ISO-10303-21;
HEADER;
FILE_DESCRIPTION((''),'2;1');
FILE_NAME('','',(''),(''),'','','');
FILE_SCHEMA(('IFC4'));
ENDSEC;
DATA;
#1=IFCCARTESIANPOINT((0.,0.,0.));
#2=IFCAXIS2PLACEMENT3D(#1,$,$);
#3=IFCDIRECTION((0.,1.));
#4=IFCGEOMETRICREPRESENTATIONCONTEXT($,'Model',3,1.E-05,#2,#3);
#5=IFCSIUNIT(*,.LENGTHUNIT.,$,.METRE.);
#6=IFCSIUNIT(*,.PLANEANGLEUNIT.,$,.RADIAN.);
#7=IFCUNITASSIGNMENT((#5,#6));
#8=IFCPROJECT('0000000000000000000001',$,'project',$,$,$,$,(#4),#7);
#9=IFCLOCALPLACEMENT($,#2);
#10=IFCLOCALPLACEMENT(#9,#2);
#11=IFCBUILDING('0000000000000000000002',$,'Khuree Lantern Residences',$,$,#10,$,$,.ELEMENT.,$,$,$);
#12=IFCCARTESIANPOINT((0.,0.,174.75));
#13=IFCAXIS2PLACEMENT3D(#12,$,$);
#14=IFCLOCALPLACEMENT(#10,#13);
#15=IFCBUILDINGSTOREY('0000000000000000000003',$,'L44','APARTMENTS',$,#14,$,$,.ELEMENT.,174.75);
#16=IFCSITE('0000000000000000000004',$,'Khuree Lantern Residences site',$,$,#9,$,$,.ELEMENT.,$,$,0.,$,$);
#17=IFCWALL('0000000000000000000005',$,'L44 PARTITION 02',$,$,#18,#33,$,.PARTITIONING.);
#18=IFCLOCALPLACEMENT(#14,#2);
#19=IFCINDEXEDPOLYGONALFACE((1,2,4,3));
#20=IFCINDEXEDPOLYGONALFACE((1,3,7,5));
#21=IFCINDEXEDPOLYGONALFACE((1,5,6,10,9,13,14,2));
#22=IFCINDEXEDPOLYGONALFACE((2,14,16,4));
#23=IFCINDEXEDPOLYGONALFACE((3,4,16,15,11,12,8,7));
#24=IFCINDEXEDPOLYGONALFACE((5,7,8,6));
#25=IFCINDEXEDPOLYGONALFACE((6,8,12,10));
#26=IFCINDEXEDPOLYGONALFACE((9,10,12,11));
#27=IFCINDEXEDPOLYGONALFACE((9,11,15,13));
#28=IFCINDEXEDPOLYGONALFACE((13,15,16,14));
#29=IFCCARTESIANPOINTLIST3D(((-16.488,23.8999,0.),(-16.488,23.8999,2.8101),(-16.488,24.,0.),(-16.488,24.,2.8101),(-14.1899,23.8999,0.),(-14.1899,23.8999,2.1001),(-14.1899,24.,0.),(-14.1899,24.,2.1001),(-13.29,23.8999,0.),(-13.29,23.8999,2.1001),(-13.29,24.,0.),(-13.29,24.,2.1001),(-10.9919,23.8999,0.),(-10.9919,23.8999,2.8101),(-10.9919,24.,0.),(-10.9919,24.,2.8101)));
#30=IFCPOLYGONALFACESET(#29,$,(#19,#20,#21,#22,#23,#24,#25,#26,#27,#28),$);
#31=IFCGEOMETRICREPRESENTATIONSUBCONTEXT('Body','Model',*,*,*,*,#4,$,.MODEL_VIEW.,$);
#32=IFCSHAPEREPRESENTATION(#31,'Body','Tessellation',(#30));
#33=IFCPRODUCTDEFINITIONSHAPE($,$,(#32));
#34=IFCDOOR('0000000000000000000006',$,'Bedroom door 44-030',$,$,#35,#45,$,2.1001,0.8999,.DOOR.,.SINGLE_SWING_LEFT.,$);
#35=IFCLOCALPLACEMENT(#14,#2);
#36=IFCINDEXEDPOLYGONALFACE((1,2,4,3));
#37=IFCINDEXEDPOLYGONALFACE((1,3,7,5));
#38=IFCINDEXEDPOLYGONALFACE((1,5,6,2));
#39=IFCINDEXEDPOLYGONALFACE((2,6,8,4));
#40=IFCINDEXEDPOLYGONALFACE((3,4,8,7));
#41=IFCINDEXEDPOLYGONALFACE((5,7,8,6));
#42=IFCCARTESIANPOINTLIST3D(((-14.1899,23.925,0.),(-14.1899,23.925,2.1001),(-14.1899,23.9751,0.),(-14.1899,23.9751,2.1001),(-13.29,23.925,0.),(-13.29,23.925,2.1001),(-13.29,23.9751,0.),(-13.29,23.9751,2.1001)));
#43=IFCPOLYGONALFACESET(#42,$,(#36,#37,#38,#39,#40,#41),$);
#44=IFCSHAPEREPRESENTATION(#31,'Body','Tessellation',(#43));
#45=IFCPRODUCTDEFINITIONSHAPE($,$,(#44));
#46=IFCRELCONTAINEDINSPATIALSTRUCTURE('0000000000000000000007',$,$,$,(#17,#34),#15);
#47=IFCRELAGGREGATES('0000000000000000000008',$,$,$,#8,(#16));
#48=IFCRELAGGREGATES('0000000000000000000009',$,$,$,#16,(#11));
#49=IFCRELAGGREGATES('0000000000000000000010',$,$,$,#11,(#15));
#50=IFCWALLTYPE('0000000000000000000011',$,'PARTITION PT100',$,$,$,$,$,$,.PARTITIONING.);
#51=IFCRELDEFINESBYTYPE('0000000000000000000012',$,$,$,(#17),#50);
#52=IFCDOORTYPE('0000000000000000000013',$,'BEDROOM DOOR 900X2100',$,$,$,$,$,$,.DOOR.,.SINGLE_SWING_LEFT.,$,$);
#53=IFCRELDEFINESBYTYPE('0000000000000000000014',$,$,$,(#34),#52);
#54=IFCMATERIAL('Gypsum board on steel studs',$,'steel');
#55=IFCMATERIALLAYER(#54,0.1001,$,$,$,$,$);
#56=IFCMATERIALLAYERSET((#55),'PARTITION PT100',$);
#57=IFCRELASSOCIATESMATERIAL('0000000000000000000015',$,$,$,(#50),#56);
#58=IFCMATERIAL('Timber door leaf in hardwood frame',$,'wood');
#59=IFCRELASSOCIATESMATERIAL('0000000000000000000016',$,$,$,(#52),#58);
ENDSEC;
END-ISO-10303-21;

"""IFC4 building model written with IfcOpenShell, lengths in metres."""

from ifc_helpers import new_model, si_unit, direction, frame, frame_2d, origin, place, context, subcontext, project, spatial, rectangle, extrude, material, layer, layer_set, type_object, element, fill, save


model = new_model("IFC4")

# Units and contexts
model_context = context("Model", 3, precision=1e-05, world=origin(), true_north=direction((0.0, 1.0)))
body_context = subcontext(model_context, "Body", "Model", "MODEL_VIEW")
ifc_project = project(units=[si_unit("LENGTHUNIT", "METRE"), si_unit("PLANEANGLEUNIT", "RADIAN")], contexts=[model_context])

# Site, building, storey
site_placement = place(None, origin())
site = spatial("IfcSite", under=ifc_project, at=site_placement, Name="Khuree Lantern Residences site", CompositionType="ELEMENT", RefElevation=0.0)
building_placement = place(site_placement, origin())
building = spatial("IfcBuilding", under=site, at=building_placement, Name="Khuree Lantern Residences", CompositionType="ELEMENT")
storey_placement = place(building_placement, frame((0.0, 0.0, 174.75)))
storey = spatial("IfcBuildingStorey", under=building, at=storey_placement, Name="L44", Description="APARTMENTS", CompositionType="ELEMENT", Elevation=174.75)

# Shared definitions
ifc_material_1 = material(Name="Gypsum board on steel studs", Category="steel")
ifc_layer_1 = layer(ifc_material_1, 0.1001)
ifc_layer_set_1 = layer_set([ifc_layer_1], Name="PARTITION PT100")
wall_type = type_object("IfcWallType", Name="PARTITION PT100", PredefinedType="PARTITIONING", material=ifc_layer_set_1)

# Wall, opening, door
ifc_material_2 = material(Name="Timber door leaf in hardwood frame", Category="wood")
door_type = type_object("IfcDoorType", Name="BEDROOM DOOR 900X2100", OperationType="SINGLE_SWING_LEFT", PredefinedType="DOOR", material=ifc_material_2)
wall_1_placement = place(storey_placement, frame((-10.9919, 23.95, 0.0), z_axis=(0.0, 0.0, 1.0), x_axis=(-1.0, 0.0, 0.0)))
wall_1 = element("IfcWall", 1, at=wall_1_placement, inside=storey, type_object=wall_type, Name="L44 PARTITION 02", PredefinedType="PARTITIONING", context=body_context, shape_type="SweptSolid", body=[
    extrude(rectangle(XDim=5.4961, YDim=0.1001, at=frame_2d((2.748, 0.0))), origin(), (0.0, 0.0, 1.0), 2.8101),
])
opening_1_placement = place(wall_1_placement, frame((2.2981, 0.0, 0.0)))
opening_1 = element("IfcOpeningElement", 2, at=opening_1_placement, cuts=wall_1, PredefinedType="OPENING", context=body_context, shape_type="SweptSolid", body=[
    extrude(rectangle(XDim=0.8999, YDim=2.1001, at=frame_2d((0.45, 1.05))), frame((0.0, 0.0601, 0.0), z_axis=(0.0, -1.0, 0.0), x_axis=(1.0, 0.0, 0.0)), (0.0, 0.0, 1.0), 0.1201),
])
door_1_placement = place(opening_1_placement, origin())
door_1 = element("IfcDoor", 3, at=door_1_placement, inside=storey, type_object=door_type, Name="Bedroom door 44-030", OperationType="SINGLE_SWING_LEFT", OverallHeight=2.1001, OverallWidth=0.8999, PredefinedType="DOOR", context=body_context, shape_type="SweptSolid", body=[
    extrude(rectangle(XDim=0.8999, YDim=2.1001, at=frame_2d((0.45, 1.05))), frame((0.0, 0.0249, 0.0), z_axis=(0.0, -1.0, 0.0), x_axis=(1.0, 0.0, 0.0)), (0.0, 0.0, 1.0), 0.05),
])
fill(opening_1, door_1)

save(model, "model.ifc")
